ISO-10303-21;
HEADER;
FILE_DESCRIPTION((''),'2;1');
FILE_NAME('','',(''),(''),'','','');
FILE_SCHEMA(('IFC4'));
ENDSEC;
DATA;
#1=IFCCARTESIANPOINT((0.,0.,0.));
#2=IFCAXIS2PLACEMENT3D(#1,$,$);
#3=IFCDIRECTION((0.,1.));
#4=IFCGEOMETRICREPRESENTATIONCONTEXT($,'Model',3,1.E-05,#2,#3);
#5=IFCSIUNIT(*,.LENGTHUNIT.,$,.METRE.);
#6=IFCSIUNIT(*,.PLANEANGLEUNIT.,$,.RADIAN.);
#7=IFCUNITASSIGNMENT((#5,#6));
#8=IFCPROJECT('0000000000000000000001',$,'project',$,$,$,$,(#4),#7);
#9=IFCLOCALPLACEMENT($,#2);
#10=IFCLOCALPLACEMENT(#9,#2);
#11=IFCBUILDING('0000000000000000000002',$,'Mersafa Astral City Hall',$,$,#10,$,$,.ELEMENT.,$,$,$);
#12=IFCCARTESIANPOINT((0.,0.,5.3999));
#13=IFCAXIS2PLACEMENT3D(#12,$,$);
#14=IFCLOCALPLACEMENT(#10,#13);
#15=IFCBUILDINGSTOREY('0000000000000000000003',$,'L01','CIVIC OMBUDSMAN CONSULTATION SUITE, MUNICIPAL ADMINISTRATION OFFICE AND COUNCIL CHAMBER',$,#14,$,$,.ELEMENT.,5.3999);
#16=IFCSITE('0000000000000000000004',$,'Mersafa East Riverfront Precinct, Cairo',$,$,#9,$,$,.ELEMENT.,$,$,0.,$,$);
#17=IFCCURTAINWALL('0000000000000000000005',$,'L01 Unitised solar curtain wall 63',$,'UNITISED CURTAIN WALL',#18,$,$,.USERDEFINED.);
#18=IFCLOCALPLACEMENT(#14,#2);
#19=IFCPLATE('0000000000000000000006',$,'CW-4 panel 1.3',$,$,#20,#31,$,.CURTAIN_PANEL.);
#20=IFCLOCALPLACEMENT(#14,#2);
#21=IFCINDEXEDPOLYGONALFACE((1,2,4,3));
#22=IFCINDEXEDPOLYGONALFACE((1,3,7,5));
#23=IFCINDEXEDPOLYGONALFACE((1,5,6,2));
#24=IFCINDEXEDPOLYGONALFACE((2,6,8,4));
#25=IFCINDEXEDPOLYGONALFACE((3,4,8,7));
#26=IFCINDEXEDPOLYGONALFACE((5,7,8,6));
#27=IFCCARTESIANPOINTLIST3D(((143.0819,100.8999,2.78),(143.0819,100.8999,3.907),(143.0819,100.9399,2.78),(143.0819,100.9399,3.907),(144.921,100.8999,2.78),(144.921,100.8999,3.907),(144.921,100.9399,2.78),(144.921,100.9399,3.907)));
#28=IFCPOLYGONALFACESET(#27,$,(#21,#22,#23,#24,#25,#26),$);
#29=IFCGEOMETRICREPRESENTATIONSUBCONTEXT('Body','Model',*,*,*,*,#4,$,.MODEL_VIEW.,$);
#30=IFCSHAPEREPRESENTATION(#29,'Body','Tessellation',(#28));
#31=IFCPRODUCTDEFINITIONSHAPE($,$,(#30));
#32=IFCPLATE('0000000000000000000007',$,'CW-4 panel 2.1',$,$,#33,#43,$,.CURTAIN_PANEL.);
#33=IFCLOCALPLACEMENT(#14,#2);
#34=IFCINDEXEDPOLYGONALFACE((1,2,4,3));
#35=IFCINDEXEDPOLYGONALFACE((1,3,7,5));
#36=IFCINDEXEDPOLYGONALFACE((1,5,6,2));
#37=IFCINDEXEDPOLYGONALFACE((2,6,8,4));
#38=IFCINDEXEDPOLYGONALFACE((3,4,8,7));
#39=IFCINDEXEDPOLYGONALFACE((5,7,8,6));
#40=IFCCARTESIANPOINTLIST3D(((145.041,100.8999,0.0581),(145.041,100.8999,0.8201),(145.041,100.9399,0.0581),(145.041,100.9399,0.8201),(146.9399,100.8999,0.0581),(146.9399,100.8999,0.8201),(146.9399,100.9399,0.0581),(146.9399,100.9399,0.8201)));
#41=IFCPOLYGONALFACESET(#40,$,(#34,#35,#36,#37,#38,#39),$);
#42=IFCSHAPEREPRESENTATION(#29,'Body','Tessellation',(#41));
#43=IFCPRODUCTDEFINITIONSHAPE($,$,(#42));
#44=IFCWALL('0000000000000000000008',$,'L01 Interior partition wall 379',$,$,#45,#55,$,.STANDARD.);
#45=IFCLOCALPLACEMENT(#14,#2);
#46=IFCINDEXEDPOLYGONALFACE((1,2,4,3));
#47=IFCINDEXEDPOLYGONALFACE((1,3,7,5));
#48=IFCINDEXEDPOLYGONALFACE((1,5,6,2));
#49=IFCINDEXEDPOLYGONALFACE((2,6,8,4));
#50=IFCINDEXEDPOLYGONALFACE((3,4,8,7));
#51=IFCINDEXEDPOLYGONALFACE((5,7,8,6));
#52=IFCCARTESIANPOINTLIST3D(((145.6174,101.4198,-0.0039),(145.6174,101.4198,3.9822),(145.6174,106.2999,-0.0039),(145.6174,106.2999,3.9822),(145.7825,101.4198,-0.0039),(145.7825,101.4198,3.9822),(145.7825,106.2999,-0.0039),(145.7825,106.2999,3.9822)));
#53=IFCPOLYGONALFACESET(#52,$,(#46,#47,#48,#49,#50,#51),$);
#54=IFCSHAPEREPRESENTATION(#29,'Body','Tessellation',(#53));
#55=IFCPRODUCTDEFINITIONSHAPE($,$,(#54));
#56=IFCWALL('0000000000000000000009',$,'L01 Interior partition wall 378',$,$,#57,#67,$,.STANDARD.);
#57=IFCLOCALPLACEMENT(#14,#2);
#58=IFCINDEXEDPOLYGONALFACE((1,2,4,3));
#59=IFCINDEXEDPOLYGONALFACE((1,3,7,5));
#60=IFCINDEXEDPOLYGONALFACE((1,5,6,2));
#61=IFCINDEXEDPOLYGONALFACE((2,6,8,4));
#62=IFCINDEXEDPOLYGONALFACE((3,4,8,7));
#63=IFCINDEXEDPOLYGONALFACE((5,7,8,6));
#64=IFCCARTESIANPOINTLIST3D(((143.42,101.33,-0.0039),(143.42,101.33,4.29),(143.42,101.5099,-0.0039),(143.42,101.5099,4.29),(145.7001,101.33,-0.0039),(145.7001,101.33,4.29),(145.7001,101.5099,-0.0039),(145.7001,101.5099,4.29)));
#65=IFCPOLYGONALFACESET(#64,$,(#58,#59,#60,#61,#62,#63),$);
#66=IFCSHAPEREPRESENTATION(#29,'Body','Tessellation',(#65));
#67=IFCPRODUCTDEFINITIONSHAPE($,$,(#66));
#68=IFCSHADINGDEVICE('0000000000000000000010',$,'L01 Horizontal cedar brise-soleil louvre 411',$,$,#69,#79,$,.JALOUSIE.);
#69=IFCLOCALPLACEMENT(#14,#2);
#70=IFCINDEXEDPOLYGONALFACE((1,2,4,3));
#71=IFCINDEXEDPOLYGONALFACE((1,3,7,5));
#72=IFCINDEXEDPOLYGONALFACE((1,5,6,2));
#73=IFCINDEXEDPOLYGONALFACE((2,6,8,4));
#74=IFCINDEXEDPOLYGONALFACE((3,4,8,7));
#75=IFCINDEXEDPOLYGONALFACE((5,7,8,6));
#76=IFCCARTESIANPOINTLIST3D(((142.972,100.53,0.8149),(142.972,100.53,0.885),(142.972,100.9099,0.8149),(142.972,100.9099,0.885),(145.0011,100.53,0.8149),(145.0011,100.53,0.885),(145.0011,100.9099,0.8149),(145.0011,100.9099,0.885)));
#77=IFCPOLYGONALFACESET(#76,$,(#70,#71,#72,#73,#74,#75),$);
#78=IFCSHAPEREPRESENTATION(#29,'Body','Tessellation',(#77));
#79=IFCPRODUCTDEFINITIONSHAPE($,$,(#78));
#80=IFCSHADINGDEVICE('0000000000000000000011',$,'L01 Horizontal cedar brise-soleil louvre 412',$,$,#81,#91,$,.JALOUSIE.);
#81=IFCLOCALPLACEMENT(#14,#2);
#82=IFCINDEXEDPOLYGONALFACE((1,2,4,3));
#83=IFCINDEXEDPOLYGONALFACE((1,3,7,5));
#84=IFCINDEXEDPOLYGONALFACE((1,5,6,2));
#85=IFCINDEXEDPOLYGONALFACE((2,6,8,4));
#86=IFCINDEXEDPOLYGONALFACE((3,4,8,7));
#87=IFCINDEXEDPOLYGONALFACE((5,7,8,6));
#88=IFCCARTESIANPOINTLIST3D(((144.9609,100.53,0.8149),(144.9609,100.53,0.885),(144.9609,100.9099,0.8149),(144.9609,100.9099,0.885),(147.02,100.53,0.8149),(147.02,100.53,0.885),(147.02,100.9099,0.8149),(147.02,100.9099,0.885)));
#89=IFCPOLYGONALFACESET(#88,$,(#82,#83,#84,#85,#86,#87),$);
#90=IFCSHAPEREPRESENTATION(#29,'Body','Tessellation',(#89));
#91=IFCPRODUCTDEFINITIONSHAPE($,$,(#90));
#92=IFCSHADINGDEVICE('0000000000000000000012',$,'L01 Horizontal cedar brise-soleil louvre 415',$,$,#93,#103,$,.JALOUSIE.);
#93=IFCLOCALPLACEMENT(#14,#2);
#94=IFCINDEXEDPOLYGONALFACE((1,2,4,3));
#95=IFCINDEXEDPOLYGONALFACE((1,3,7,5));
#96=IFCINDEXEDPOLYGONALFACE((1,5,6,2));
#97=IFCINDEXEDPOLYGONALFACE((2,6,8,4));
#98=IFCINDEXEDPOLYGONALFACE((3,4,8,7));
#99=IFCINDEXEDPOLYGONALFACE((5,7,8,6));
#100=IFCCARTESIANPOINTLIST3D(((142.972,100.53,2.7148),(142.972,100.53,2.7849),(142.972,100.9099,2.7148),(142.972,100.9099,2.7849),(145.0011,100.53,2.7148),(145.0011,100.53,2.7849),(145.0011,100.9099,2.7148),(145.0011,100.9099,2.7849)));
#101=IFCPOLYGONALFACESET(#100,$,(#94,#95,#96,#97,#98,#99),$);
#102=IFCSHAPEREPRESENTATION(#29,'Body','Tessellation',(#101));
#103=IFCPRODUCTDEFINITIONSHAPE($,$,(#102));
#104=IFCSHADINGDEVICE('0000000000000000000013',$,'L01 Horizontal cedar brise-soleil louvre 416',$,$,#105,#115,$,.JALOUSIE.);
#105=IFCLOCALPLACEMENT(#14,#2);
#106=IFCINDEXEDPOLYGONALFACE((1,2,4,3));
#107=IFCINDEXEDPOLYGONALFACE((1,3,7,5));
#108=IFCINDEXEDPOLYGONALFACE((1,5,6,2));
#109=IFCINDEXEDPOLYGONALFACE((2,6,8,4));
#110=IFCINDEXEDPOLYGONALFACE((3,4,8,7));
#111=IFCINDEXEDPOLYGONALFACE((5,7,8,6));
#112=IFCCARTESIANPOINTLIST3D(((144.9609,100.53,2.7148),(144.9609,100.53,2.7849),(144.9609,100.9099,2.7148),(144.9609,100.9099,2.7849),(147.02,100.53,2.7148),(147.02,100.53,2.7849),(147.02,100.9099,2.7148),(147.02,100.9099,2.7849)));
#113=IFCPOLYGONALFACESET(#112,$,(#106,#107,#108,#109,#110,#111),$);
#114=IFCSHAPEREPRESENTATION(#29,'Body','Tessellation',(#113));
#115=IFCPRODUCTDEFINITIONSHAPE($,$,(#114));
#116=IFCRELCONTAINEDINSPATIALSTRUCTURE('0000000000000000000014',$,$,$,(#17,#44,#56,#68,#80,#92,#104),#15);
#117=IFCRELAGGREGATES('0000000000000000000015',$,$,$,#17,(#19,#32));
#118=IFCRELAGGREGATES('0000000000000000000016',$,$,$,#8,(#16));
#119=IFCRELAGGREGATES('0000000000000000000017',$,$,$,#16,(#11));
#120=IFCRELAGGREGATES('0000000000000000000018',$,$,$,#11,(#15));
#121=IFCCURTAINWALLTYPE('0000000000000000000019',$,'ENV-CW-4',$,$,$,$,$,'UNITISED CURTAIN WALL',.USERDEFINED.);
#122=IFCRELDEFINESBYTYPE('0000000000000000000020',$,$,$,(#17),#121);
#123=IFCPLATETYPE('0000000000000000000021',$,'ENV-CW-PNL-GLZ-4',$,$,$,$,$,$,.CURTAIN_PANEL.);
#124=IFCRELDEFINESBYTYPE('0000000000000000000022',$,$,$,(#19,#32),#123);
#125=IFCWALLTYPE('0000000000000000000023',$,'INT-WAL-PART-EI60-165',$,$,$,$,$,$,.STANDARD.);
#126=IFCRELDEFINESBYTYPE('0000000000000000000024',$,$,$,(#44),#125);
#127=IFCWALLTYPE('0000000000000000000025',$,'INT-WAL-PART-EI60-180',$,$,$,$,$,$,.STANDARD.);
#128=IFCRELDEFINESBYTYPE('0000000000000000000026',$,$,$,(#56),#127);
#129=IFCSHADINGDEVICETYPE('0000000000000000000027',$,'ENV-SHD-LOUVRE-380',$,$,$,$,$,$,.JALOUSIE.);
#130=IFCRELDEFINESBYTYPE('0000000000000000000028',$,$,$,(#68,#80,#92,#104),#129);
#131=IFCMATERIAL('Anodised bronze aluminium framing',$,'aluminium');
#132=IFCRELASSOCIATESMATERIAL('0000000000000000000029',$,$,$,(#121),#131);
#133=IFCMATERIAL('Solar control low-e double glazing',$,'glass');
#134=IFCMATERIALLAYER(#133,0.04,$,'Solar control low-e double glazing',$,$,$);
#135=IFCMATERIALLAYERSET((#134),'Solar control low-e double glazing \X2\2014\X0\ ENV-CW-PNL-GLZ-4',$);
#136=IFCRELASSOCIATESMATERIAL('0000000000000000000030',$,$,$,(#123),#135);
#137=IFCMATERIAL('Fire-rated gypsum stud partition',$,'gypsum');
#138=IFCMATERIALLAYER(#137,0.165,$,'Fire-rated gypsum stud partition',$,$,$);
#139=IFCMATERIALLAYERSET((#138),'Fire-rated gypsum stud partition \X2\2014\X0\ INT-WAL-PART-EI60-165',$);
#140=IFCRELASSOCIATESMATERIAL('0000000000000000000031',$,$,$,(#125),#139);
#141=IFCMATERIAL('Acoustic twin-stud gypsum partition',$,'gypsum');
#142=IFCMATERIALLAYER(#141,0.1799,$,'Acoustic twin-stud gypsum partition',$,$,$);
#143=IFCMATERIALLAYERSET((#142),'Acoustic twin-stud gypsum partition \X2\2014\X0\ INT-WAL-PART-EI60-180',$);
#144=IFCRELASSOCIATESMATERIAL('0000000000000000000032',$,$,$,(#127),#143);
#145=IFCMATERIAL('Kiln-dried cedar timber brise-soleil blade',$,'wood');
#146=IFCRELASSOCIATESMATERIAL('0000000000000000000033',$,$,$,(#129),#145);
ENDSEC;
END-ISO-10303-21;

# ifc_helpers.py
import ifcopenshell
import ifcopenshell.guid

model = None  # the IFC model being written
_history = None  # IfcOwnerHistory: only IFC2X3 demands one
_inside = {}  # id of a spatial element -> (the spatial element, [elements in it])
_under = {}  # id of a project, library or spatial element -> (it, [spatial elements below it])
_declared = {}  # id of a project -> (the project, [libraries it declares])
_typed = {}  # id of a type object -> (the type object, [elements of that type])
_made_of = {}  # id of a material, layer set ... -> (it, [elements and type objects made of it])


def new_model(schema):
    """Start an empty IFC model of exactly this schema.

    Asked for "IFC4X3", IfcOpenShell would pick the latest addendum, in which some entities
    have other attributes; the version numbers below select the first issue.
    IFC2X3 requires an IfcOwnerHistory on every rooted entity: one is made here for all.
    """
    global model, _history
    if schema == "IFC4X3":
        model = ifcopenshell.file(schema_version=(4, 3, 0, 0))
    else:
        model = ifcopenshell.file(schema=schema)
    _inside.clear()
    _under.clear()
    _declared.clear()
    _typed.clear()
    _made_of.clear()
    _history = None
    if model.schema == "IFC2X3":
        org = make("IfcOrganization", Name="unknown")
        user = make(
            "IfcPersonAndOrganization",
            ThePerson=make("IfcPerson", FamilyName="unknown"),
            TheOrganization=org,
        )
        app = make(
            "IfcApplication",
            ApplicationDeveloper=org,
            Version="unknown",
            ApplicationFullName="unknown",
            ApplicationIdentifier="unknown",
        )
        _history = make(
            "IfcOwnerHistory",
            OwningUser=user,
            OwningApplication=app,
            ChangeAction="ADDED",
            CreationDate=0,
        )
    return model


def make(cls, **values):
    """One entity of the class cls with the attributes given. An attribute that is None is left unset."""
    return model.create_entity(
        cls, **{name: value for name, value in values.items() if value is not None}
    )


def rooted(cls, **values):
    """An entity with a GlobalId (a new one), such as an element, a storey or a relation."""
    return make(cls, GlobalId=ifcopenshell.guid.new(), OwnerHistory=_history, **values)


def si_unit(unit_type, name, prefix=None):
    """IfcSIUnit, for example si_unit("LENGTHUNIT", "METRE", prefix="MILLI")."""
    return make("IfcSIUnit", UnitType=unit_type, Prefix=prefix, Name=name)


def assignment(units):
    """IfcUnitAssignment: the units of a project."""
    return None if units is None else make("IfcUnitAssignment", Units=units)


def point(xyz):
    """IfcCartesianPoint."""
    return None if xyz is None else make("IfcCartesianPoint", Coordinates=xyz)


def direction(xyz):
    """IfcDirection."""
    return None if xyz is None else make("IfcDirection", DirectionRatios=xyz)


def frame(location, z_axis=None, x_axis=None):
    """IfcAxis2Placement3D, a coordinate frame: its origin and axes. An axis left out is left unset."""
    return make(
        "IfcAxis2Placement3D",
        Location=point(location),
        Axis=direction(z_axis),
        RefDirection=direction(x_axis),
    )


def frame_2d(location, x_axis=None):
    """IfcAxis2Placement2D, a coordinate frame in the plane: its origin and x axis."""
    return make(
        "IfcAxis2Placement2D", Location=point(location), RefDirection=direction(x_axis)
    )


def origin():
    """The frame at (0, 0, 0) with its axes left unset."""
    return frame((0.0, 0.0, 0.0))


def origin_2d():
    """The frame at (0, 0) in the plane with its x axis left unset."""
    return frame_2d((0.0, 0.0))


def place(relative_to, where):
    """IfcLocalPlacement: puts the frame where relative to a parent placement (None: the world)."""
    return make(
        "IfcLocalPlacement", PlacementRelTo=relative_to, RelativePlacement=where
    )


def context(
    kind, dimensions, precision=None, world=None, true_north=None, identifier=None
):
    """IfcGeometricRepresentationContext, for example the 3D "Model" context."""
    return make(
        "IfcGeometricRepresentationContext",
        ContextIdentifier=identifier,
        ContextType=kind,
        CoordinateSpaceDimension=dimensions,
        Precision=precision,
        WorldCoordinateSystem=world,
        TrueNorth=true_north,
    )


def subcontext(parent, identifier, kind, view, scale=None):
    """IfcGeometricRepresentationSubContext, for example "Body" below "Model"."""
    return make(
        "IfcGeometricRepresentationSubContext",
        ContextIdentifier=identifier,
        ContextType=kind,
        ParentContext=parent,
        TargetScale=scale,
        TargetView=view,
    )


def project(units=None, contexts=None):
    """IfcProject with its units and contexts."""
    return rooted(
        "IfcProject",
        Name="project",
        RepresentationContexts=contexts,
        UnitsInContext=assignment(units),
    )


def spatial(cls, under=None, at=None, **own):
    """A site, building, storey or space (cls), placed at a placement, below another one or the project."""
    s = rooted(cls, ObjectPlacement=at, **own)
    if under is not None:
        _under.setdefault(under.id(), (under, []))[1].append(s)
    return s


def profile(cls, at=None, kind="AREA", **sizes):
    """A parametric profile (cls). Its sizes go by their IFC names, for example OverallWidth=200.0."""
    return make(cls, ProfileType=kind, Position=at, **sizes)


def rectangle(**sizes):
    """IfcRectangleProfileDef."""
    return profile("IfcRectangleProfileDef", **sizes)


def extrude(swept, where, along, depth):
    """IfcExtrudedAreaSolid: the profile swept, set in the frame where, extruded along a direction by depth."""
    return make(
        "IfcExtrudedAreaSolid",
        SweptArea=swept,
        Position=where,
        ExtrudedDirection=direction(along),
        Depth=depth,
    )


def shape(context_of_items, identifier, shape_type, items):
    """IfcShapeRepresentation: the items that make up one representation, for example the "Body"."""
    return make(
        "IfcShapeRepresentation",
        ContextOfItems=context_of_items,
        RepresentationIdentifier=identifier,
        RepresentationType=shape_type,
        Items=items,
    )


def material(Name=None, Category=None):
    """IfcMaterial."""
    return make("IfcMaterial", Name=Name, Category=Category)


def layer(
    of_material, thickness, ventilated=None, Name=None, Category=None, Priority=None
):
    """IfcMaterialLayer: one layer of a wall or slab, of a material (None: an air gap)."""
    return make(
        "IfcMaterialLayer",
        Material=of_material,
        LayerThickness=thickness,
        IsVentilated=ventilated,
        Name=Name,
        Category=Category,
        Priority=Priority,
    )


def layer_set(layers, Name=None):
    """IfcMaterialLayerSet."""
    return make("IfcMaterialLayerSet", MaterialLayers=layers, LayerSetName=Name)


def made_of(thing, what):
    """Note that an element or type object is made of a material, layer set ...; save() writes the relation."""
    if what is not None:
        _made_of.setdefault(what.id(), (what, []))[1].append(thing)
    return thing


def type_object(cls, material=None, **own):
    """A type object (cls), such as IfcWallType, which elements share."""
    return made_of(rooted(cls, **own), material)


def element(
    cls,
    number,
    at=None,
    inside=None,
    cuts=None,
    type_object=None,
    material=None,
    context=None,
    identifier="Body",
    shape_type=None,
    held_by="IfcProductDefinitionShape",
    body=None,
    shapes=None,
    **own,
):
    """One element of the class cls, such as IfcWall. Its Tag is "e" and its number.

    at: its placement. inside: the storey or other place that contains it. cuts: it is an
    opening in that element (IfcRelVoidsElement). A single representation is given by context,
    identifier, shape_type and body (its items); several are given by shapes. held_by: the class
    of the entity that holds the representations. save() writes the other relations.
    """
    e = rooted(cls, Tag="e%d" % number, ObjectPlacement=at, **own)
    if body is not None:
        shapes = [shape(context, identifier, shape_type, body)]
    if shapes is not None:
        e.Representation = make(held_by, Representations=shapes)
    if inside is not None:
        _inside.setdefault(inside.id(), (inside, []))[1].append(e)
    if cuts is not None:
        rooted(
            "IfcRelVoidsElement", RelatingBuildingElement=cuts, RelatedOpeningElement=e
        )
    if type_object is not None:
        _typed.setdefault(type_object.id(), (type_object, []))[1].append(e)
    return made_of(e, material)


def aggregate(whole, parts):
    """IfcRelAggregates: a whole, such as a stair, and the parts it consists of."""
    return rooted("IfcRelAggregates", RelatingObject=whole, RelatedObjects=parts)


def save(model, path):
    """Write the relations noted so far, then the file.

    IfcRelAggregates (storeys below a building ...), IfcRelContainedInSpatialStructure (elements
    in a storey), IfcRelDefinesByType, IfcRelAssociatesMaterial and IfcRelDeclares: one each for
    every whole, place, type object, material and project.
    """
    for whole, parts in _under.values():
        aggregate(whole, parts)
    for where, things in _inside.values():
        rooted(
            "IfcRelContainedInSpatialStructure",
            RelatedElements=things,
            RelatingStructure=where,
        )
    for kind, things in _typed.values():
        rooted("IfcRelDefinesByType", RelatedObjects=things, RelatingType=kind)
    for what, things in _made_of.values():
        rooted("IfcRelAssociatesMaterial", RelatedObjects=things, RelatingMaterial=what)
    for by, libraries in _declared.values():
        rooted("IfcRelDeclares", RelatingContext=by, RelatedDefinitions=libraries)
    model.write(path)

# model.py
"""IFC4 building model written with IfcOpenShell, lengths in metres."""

from ifc_helpers import new_model, si_unit, direction, frame, frame_2d, origin, origin_2d, place, context, subcontext, project, spatial, rectangle, extrude, material, layer, layer_set, type_object, element, aggregate, save


model = new_model("IFC4")

# Units and contexts
model_context = context("Model", 3, precision=1e-05, world=origin(), true_north=direction((0.0, 1.0)))
body_context = subcontext(model_context, "Body", "Model", "MODEL_VIEW")
ifc_project = project(units=[si_unit("LENGTHUNIT", "METRE"), si_unit("PLANEANGLEUNIT", "RADIAN")], contexts=[model_context])

# Site, building, storey
site_placement = place(None, origin())
site = spatial("IfcSite", under=ifc_project, at=site_placement, Name="Mersafa East Riverfront Precinct, Cairo", CompositionType="ELEMENT", RefElevation=0.0)
building_placement = place(site_placement, origin())
building = spatial("IfcBuilding", under=site, at=building_placement, Name="Mersafa Astral City Hall", CompositionType="ELEMENT")
storey_placement = place(building_placement, frame((0.0, 0.0, 5.3999)))
storey = spatial("IfcBuildingStorey", under=building, at=storey_placement, Name="L01", Description="CIVIC OMBUDSMAN CONSULTATION SUITE, MUNICIPAL ADMINISTRATION OFFICE AND COUNCIL CHAMBER", CompositionType="ELEMENT", Elevation=5.3999)

# Shared definitions
ifc_material_1 = material(Name="Anodised bronze aluminium framing", Category="aluminium")

# Curtain wall
curtain_wall_type_1 = type_object("IfcCurtainWallType", Name="ENV-CW-4", ElementType="UNITISED CURTAIN WALL", PredefinedType="USERDEFINED", material=ifc_material_1)
curtain_wall_1_placement = place(storey_placement, origin())
curtain_wall_1 = element("IfcCurtainWall", 1, at=curtain_wall_1_placement, inside=storey, type_object=curtain_wall_type_1, Name="L01 Unitised solar curtain wall 63", ObjectType="UNITISED CURTAIN WALL", PredefinedType="USERDEFINED")

# Plates
ifc_material_2 = material(Name="Solar control low-e double glazing", Category="glass")
ifc_layer_1 = layer(ifc_material_2, 0.04, Name="Solar control low-e double glazing")
ifc_layer_set_1 = layer_set([ifc_layer_1], Name="Solar control low-e double glazing — ENV-CW-PNL-GLZ-4")
plate_type_1 = type_object("IfcPlateType", Name="ENV-CW-PNL-GLZ-4", PredefinedType="CURTAIN_PANEL", material=ifc_layer_set_1)
plate_1_placement = place(storey_placement, frame((144.0015, 100.9199, 2.78), z_axis=(0.0, 0.0, 1.0), x_axis=(1.0, 0.0, 0.0)))
plate_1 = element("IfcPlate", 2, at=plate_1_placement, type_object=plate_type_1, Name="CW-4 panel 1.3", PredefinedType="CURTAIN_PANEL", context=body_context, shape_type="SweptSolid", body=[
    extrude(rectangle(XDim=1.8391, YDim=0.04, at=origin_2d()), origin(), (0.0, 0.0, 1.0), 1.127),
])
plate_2_placement = place(storey_placement, frame((145.9905, 100.9199, 0.0581), z_axis=(0.0, 0.0, 1.0), x_axis=(1.0, 0.0, 0.0)))
plate_2 = element("IfcPlate", 3, at=plate_2_placement, type_object=plate_type_1, Name="CW-4 panel 2.1", PredefinedType="CURTAIN_PANEL", context=body_context, shape_type="SweptSolid", body=[
    extrude(rectangle(XDim=1.8989, YDim=0.04, at=origin_2d()), origin(), (0.0, 0.0, 1.0), 0.762),
])
aggregate(curtain_wall_1, [plate_1, plate_2])

# Walls
ifc_material_3 = material(Name="Fire-rated gypsum stud partition", Category="gypsum")
ifc_layer_2 = layer(ifc_material_3, 0.165, Name="Fire-rated gypsum stud partition")
ifc_layer_set_2 = layer_set([ifc_layer_2], Name="Fire-rated gypsum stud partition — INT-WAL-PART-EI60-165")
wall_type_1 = type_object("IfcWallType", Name="INT-WAL-PART-EI60-165", PredefinedType="STANDARD", material=ifc_layer_set_2)
wall_1_placement = place(storey_placement, frame((145.7, 101.4199, -0.0039), z_axis=(0.0, 0.0, 1.0), x_axis=(0.0, 1.0, 0.0)))
element("IfcWall", 4, at=wall_1_placement, inside=storey, type_object=wall_type_1, Name="L01 Interior partition wall 379", PredefinedType="STANDARD", context=body_context, shape_type="SweptSolid", body=[
    extrude(rectangle(XDim=4.8801, YDim=0.165, at=frame_2d((2.4399, 0.0))), origin(), (0.0, 0.0, 1.0), 3.9861),
])
ifc_material_4 = material(Name="Acoustic twin-stud gypsum partition", Category="gypsum")
ifc_layer_3 = layer(ifc_material_4, 0.1799, Name="Acoustic twin-stud gypsum partition")
ifc_layer_set_3 = layer_set([ifc_layer_3], Name="Acoustic twin-stud gypsum partition — INT-WAL-PART-EI60-180")
wall_type_2 = type_object("IfcWallType", Name="INT-WAL-PART-EI60-180", PredefinedType="STANDARD", material=ifc_layer_set_3)
wall_2_placement = place(storey_placement, frame((143.4199, 101.4199, -0.0039), z_axis=(0.0, 0.0, 1.0), x_axis=(1.0, 0.0, 0.0)))
element("IfcWall", 5, at=wall_2_placement, inside=storey, type_object=wall_type_2, Name="L01 Interior partition wall 378", PredefinedType="STANDARD", context=body_context, shape_type="SweptSolid", body=[
    extrude(rectangle(XDim=2.28, YDim=0.1799, at=frame_2d((1.1401, 0.0))), origin(), (0.0, 0.0, 1.0), 4.2939),
])

# Shading devices
ifc_material_5 = material(Name="Kiln-dried cedar timber brise-soleil blade", Category="wood")
shading_device_type = type_object("IfcShadingDeviceType", Name="ENV-SHD-LOUVRE-380", PredefinedType="JALOUSIE", material=ifc_material_5)
shading_device_1_placement = place(storey_placement, frame((143.9866, 100.72, 0.8149), z_axis=(0.0, 0.0, 1.0), x_axis=(1.0, 0.0, 0.0)))
element("IfcShadingDevice", 6, at=shading_device_1_placement, inside=storey, type_object=shading_device_type, Name="L01 Horizontal cedar brise-soleil louvre 411", PredefinedType="JALOUSIE", context=body_context, shape_type="SweptSolid", body=[
    extrude(rectangle(XDim=2.0291, YDim=0.3799, at=origin_2d()), origin(), (0.0, 0.0, 1.0), 0.0701),
])
shading_device_2_placement = place(storey_placement, frame((145.9905, 100.72, 0.8149), z_axis=(0.0, 0.0, 1.0), x_axis=(1.0, 0.0, 0.0)))
element("IfcShadingDevice", 7, at=shading_device_2_placement, inside=storey, type_object=shading_device_type, Name="L01 Horizontal cedar brise-soleil louvre 412", PredefinedType="JALOUSIE", context=body_context, shape_type="SweptSolid", body=[
    extrude(rectangle(XDim=2.0591, YDim=0.3799, at=origin_2d()), origin(), (0.0, 0.0, 1.0), 0.0701),
])
shading_device_3_placement = place(storey_placement, frame((143.9866, 100.72, 2.7148), z_axis=(0.0, 0.0, 1.0), x_axis=(1.0, 0.0, 0.0)))
element("IfcShadingDevice", 8, at=shading_device_3_placement, inside=storey, type_object=shading_device_type, Name="L01 Horizontal cedar brise-soleil louvre 415", PredefinedType="JALOUSIE", context=body_context, shape_type="SweptSolid", body=[
    extrude(rectangle(XDim=2.0291, YDim=0.3799, at=origin_2d()), origin(), (0.0, 0.0, 1.0), 0.0701),
])
shading_device_4_placement = place(storey_placement, frame((145.9905, 100.72, 2.7148), z_axis=(0.0, 0.0, 1.0), x_axis=(1.0, 0.0, 0.0)))
element("IfcShadingDevice", 9, at=shading_device_4_placement, inside=storey, type_object=shading_device_type, Name="L01 Horizontal cedar brise-soleil louvre 416", PredefinedType="JALOUSIE", context=body_context, shape_type="SweptSolid", body=[
    extrude(rectangle(XDim=2.0591, YDim=0.3799, at=origin_2d()), origin(), (0.0, 0.0, 1.0), 0.0701),
])

save(model, "model.ifc")
